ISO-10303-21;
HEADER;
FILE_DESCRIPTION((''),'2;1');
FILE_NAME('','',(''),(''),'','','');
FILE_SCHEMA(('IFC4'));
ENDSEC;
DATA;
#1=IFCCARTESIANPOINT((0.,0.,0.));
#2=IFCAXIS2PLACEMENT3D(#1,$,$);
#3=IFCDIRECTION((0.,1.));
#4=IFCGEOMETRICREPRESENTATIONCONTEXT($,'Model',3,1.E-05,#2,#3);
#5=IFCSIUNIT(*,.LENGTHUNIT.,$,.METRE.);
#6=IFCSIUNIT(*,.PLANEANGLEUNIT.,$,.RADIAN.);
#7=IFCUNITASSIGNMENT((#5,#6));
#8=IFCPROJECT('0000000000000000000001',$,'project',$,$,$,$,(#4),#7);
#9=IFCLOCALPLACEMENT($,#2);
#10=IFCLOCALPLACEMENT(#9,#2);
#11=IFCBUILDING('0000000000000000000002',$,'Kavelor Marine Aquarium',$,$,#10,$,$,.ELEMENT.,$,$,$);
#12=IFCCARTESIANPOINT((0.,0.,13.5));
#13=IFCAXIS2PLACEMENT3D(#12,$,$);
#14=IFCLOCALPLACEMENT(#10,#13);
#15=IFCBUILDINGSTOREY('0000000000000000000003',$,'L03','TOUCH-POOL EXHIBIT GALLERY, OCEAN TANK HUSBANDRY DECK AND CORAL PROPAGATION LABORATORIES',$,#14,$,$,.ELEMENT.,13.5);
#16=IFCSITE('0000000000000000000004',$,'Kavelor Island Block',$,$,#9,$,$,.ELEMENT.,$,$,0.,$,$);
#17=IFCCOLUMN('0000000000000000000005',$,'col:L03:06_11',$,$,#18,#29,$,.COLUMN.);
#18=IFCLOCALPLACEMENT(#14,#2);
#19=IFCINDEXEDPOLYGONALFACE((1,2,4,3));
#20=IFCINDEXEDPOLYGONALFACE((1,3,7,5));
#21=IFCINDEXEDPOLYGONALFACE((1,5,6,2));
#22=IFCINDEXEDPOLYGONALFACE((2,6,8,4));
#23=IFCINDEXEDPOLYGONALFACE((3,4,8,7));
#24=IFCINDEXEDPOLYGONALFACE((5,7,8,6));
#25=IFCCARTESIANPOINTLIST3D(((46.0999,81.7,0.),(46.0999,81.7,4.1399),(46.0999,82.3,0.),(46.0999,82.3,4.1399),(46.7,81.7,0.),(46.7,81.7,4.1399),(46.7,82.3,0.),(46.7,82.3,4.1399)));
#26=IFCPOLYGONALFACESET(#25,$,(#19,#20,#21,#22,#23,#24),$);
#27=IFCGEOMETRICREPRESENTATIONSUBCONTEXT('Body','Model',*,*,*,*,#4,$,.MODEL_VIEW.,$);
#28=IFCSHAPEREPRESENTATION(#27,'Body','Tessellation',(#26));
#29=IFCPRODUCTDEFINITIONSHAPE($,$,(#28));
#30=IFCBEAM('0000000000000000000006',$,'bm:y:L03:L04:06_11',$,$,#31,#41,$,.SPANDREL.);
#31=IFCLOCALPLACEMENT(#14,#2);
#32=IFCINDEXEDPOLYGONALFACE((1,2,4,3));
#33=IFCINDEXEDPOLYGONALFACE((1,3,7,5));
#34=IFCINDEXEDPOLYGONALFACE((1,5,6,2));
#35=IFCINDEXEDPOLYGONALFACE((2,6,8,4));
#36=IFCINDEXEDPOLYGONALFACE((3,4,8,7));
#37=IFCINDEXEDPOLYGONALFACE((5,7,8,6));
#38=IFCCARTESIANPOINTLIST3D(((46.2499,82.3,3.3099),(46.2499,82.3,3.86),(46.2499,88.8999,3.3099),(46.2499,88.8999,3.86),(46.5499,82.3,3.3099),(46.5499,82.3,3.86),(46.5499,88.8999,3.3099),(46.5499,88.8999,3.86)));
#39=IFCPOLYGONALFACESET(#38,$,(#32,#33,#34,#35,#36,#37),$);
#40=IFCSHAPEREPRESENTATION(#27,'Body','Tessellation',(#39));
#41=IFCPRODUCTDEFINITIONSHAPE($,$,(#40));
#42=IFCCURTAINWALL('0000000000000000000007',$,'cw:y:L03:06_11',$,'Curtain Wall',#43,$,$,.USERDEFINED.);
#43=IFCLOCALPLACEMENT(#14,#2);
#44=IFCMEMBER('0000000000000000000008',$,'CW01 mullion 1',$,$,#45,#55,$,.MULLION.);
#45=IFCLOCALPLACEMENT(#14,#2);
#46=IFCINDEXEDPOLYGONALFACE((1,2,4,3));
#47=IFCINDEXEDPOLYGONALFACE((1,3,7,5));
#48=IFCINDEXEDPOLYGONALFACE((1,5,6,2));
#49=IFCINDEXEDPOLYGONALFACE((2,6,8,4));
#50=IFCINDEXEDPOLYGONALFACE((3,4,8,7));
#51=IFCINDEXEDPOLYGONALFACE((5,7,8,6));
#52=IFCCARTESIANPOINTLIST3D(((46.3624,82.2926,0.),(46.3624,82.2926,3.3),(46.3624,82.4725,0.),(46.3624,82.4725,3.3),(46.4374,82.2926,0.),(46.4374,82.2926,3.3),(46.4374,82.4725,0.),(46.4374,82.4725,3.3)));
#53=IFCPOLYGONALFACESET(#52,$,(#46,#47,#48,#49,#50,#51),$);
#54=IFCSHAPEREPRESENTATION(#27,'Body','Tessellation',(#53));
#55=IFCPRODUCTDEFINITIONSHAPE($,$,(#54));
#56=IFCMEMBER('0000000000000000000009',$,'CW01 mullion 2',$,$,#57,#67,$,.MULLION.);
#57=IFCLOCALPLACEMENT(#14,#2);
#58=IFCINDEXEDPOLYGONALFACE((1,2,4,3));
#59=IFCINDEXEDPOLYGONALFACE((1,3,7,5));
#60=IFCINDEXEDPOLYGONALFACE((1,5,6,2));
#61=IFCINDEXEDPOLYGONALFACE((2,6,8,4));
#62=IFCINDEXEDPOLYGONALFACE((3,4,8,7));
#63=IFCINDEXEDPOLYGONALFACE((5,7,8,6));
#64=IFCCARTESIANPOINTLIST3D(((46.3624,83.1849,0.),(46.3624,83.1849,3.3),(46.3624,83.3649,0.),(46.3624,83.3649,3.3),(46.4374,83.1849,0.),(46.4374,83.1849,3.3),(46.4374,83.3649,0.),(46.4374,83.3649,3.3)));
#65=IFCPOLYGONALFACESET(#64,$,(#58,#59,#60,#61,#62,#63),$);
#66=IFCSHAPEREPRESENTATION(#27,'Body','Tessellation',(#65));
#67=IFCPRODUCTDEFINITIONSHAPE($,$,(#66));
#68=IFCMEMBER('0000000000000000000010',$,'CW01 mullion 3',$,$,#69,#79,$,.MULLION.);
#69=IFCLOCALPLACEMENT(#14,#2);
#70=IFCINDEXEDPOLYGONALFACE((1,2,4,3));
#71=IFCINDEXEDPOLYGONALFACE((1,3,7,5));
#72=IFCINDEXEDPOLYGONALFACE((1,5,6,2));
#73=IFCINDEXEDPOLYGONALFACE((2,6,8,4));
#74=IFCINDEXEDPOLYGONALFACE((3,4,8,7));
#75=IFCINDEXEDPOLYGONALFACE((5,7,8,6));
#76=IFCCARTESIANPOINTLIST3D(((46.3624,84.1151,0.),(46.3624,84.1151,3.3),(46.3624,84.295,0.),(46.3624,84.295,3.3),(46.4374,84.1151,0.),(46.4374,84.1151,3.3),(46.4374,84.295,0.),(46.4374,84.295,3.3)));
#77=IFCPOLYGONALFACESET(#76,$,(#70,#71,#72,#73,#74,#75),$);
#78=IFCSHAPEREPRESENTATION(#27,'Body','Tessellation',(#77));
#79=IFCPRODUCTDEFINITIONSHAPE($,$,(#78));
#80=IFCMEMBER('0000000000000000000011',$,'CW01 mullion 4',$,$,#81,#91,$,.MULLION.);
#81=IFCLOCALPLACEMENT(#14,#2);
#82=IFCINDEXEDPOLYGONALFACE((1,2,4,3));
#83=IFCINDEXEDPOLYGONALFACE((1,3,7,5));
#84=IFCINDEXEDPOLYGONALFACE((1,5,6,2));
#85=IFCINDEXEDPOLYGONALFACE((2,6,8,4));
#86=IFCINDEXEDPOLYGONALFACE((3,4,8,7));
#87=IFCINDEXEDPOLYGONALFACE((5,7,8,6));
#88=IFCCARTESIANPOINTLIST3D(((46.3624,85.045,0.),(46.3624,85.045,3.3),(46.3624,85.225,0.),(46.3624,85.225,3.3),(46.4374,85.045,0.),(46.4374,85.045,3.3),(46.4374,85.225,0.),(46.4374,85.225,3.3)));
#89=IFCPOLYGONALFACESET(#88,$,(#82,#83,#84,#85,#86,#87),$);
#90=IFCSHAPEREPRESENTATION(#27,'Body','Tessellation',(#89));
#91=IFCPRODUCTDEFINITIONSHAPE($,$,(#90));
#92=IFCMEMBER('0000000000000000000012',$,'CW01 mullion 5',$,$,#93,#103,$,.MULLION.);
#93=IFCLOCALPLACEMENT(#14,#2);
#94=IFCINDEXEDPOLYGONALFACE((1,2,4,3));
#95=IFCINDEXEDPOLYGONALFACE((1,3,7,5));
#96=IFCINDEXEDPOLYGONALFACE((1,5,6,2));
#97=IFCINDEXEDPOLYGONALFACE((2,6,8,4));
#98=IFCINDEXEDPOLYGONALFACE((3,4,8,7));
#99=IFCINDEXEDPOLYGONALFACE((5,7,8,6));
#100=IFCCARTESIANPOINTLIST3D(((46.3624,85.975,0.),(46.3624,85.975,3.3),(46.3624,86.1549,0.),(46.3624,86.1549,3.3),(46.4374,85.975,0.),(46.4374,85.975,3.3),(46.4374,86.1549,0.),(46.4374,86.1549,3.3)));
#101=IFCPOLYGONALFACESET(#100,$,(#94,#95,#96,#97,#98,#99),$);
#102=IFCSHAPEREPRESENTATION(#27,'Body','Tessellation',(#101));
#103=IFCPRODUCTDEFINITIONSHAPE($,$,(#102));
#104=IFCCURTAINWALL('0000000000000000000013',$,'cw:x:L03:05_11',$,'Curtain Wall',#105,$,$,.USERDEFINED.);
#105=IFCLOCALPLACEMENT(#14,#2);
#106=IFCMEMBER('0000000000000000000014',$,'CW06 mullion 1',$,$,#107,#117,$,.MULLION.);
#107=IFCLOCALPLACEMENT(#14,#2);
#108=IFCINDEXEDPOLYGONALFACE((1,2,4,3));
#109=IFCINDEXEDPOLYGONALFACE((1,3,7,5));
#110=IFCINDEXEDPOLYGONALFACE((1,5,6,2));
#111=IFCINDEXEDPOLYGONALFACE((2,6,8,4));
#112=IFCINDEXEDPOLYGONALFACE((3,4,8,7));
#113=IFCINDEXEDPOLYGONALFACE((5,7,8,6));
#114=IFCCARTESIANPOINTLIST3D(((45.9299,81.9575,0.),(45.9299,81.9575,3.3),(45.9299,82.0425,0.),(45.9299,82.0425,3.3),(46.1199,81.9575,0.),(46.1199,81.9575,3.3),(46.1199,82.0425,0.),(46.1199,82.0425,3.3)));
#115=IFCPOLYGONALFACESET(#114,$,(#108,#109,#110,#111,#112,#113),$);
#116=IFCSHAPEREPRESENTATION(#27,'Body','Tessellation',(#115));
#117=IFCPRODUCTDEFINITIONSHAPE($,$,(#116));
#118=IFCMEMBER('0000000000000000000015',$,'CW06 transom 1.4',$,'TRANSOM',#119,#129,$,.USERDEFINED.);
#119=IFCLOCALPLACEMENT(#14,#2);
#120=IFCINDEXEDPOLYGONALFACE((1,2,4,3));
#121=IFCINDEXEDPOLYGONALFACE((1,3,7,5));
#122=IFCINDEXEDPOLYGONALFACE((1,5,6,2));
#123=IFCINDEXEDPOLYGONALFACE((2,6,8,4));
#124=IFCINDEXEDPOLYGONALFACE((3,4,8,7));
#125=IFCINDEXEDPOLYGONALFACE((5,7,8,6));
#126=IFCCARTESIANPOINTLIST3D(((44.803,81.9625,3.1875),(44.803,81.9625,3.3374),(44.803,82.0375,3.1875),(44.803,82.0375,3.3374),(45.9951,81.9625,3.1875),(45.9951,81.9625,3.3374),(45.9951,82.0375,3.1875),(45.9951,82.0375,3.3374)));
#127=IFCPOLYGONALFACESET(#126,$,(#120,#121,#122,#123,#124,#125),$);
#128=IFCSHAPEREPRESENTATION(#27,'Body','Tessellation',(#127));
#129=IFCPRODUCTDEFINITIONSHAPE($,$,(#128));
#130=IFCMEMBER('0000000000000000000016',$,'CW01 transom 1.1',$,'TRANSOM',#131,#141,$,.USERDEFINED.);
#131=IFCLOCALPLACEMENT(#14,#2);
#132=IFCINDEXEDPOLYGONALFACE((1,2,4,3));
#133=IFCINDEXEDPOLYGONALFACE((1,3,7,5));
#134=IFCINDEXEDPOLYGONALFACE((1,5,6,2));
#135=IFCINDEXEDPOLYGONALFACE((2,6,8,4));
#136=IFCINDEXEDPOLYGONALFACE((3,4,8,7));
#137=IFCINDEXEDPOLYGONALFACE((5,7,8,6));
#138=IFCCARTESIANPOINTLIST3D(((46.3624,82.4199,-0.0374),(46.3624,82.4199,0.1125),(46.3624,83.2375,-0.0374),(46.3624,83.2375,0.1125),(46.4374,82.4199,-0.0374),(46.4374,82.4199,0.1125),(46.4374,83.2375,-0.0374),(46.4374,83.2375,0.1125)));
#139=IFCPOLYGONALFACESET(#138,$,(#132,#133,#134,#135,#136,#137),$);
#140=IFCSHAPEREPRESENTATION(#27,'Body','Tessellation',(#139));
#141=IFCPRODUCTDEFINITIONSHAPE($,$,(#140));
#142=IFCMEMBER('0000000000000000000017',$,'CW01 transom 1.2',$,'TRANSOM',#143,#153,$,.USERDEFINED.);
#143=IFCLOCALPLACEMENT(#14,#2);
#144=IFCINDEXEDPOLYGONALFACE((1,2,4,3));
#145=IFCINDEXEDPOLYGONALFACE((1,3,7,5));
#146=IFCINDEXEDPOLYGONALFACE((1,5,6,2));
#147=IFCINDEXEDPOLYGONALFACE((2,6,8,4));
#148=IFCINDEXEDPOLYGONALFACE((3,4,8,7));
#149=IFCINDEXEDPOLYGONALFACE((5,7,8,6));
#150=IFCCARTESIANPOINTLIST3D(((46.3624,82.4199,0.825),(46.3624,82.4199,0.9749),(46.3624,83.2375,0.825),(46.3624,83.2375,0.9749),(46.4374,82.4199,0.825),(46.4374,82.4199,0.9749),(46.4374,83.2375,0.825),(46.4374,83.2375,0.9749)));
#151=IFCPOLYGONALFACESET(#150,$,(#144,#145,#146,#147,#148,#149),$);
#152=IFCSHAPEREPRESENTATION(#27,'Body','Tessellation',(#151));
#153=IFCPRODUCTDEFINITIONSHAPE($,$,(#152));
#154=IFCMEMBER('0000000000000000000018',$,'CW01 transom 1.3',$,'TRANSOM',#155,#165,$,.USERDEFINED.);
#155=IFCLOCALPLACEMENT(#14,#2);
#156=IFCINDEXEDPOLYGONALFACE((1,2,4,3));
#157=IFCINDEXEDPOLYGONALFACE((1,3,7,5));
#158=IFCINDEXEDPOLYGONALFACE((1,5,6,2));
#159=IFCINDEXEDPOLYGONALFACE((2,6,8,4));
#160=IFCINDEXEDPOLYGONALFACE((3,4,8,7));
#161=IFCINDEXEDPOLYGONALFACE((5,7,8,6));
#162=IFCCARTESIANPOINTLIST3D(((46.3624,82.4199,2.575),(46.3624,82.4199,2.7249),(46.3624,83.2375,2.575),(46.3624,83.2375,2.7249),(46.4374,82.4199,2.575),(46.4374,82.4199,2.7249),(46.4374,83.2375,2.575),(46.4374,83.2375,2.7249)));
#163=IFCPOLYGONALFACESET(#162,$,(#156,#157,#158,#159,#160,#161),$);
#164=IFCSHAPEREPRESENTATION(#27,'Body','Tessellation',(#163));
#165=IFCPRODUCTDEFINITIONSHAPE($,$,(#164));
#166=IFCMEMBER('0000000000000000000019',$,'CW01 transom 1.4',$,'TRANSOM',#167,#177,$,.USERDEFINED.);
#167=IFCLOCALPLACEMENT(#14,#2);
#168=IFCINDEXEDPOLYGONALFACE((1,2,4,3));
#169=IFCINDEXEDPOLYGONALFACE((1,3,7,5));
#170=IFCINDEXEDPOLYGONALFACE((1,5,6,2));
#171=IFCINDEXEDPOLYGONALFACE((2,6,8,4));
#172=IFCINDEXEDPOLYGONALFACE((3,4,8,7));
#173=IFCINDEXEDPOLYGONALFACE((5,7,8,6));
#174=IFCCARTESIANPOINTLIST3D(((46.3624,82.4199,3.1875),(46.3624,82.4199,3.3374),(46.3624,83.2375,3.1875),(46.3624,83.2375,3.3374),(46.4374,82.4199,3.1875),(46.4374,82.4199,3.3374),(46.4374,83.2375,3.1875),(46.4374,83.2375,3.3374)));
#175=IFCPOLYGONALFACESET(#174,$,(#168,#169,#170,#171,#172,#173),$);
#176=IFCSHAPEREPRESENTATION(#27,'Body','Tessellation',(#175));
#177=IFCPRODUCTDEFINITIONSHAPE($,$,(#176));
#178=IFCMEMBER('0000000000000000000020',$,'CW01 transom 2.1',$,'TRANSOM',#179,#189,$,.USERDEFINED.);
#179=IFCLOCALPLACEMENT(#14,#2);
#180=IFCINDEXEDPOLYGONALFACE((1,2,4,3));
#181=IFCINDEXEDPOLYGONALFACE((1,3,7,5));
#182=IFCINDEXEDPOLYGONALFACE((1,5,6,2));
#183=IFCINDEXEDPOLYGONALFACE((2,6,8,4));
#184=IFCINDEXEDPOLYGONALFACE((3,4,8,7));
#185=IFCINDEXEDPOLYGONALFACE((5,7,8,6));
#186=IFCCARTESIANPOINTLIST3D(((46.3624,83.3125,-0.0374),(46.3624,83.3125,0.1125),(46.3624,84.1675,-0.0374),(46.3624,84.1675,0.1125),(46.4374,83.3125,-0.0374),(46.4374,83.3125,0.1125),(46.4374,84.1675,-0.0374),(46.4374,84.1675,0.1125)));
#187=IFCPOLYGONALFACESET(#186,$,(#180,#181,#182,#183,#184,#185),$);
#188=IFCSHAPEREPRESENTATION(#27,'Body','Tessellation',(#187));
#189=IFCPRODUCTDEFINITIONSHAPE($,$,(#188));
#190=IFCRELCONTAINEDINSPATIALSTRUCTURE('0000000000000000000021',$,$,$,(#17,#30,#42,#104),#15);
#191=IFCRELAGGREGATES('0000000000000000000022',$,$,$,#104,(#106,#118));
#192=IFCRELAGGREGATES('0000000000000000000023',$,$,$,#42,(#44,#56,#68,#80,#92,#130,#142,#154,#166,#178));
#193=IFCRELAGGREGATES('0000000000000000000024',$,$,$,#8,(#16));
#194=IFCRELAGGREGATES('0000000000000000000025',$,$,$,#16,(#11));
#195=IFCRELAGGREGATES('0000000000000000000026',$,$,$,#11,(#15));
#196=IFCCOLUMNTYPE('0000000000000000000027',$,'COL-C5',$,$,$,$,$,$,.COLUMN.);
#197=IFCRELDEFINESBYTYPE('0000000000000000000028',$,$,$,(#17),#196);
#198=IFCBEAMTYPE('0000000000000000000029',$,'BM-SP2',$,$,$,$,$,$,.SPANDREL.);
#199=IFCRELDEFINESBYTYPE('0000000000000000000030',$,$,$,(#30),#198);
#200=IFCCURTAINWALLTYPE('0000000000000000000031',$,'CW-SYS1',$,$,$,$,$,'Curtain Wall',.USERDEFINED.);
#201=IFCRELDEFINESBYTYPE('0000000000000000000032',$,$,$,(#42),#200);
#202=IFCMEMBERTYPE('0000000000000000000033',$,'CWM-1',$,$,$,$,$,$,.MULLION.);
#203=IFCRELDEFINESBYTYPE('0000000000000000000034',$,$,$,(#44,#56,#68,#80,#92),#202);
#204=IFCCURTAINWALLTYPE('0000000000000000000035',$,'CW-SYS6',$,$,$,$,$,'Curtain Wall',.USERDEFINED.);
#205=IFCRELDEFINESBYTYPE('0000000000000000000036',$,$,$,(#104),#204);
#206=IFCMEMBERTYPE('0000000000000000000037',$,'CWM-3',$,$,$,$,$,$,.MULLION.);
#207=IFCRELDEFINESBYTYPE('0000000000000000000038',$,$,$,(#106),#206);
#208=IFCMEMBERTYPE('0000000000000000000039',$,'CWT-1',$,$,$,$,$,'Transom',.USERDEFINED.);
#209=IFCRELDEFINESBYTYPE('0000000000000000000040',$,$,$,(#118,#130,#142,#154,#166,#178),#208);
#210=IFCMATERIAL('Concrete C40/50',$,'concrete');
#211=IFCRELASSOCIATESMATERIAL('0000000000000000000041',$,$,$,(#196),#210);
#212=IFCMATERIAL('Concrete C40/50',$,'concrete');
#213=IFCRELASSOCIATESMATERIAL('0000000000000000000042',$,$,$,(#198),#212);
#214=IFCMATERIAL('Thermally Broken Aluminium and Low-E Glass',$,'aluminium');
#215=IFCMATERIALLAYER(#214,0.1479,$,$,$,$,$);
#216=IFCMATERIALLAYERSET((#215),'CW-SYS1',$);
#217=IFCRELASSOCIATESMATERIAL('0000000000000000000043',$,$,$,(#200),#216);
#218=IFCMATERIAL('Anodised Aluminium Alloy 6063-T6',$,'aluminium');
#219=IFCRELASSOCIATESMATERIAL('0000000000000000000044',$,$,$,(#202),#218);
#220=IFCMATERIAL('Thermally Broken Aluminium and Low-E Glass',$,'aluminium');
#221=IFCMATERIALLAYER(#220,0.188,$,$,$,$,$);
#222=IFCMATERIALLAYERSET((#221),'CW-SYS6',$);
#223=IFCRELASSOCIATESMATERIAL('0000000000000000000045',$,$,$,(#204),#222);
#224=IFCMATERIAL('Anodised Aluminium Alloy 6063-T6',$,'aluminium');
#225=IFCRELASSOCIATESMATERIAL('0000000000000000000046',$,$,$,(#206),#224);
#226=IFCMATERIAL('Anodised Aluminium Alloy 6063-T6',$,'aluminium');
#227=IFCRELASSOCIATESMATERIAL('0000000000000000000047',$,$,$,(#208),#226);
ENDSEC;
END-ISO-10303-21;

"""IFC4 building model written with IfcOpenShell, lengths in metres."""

from ifc_helpers import new_model, si_unit, direction, frame, origin, origin_2d, place, context, subcontext, project, spatial, rectangle, extrude, material, layer, layer_set, material_profile, profile_set, type_object, element, aggregate, save


model = new_model("IFC4")

# Units and contexts
model_context = context("Model", 3, precision=1e-05, world=origin(), true_north=direction((0.0, 1.0)))
body_context = subcontext(model_context, "Body", "Model", "MODEL_VIEW")
ifc_project = project(units=[si_unit("LENGTHUNIT", "METRE"), si_unit("PLANEANGLEUNIT", "RADIAN")], contexts=[model_context])

# Site, building, storey
site_placement = place(None, origin())
site = spatial("IfcSite", under=ifc_project, at=site_placement, Name="Kavelor Island Block", CompositionType="ELEMENT", RefElevation=0.0)
building_placement = place(site_placement, origin())
building = spatial("IfcBuilding", under=site, at=building_placement, Name="Kavelor Marine Aquarium", CompositionType="ELEMENT")
storey_placement = place(building_placement, frame((0.0, 0.0, 13.5)))
storey = spatial("IfcBuildingStorey", under=building, at=storey_placement, Name="L03", Description="TOUCH-POOL EXHIBIT GALLERY, OCEAN TANK HUSBANDRY DECK AND CORAL PROPAGATION LABORATORIES", CompositionType="ELEMENT", Elevation=13.5)

# Column
ifc_material_1 = material(Name="Concrete C40/50", Category="concrete")
ifc_material_profile_1 = material_profile(ifc_material_1, rectangle(XDim=0.6001, YDim=0.6001, at=origin_2d()), Name="RC-COL 600x600")
ifc_profile_set_1 = profile_set([ifc_material_profile_1], Name="Concrete C40/50")
column_type = type_object("IfcColumnType", Name="COL-C5", PredefinedType="COLUMN", material=ifc_profile_set_1)
column_placement = place(storey_placement, frame((46.3999, 82.0, 0.0), z_axis=(0.0, 0.0, 1.0), x_axis=(1.0, 0.0, 0.0)))
element("IfcColumn", 1, at=column_placement, inside=storey, type_object=column_type, Name="col:L03:06_11", PredefinedType="COLUMN", context=body_context, shape_type="SweptSolid", body=[
    extrude(rectangle(XDim=0.6001, YDim=0.6001, at=origin_2d()), origin(), (0.0, 0.0, 1.0), 4.1399),
])

# Beam
ifc_material_2 = material(Name="Concrete C40/50", Category="concrete")
ifc_material_profile_2 = material_profile(ifc_material_2, rectangle(XDim=0.3, YDim=0.55, at=origin_2d()), Name="RC-SP 300x550")
ifc_profile_set_2 = profile_set([ifc_material_profile_2], Name="Concrete C40/50")
beam_type = type_object("IfcBeamType", Name="BM-SP2", PredefinedType="SPANDREL", material=ifc_profile_set_2)
beam_placement = place(storey_placement, frame((46.3999, 82.3, 3.585), z_axis=(0.0, 1.0, 0.0), x_axis=(-1.0, 0.0, 0.0)))
element("IfcBeam", 2, at=beam_placement, inside=storey, type_object=beam_type, Name="bm:y:L03:L04:06_11", PredefinedType="SPANDREL", context=body_context, shape_type="SweptSolid", body=[
    extrude(rectangle(XDim=0.3, YDim=0.55, at=origin_2d()), origin(), (0.0, 0.0, 1.0), 6.5999),
])

# Curtain walls, members
ifc_material_3 = material(Name="Thermally Broken Aluminium and Low-E Glass", Category="aluminium")
ifc_layer_1 = layer(ifc_material_3, 0.1479)
ifc_layer_set_1 = layer_set([ifc_layer_1], Name="CW-SYS1")
curtain_wall_type_1 = type_object("IfcCurtainWallType", Name="CW-SYS1", ElementType="Curtain Wall", PredefinedType="USERDEFINED", material=ifc_layer_set_1)
curtain_wall_1_placement = place(storey_placement, origin())
curtain_wall_1 = element("IfcCurtainWall", 3, at=curtain_wall_1_placement, inside=storey, type_object=curtain_wall_type_1, Name="cw:y:L03:06_11", ObjectType="Curtain Wall", PredefinedType="USERDEFINED")
ifc_material_4 = material(Name="Anodised Aluminium Alloy 6063-T6", Category="aluminium")
ifc_material_profile_3 = material_profile(ifc_material_4, rectangle(XDim=0.075, YDim=0.1799, at=origin_2d()), Name="CW-MUL 75x180")
ifc_profile_set_3 = profile_set([ifc_material_profile_3], Name="Anodised Aluminium Alloy 6063-T6")
member_type_1 = type_object("IfcMemberType", Name="CWM-1", PredefinedType="MULLION", material=ifc_profile_set_3)
member_1_placement = place(storey_placement, frame((46.3999, 82.3826, 0.0), z_axis=(0.0, 0.0, 1.0), x_axis=(-1.0, 0.0, 0.0)))
member_1 = element("IfcMember", 4, at=member_1_placement, type_object=member_type_1, Name="CW01 mullion 1", PredefinedType="MULLION", context=body_context, shape_type="SweptSolid", body=[
    extrude(rectangle(XDim=0.075, YDim=0.1799, at=origin_2d()), origin(), (0.0, 0.0, 1.0), 3.3),
])
member_2_placement = place(storey_placement, frame((46.3999, 83.2749, 0.0), z_axis=(0.0, 0.0, 1.0), x_axis=(-1.0, 0.0, 0.0)))
member_2 = element("IfcMember", 5, at=member_2_placement, type_object=member_type_1, Name="CW01 mullion 2", PredefinedType="MULLION", context=body_context, shape_type="SweptSolid", body=[
    extrude(rectangle(XDim=0.075, YDim=0.1799, at=origin_2d()), origin(), (0.0, 0.0, 1.0), 3.3),
])
member_3_placement = place(storey_placement, frame((46.3999, 84.2051, 0.0), z_axis=(0.0, 0.0, 1.0), x_axis=(-1.0, 0.0, 0.0)))
member_3 = element("IfcMember", 6, at=member_3_placement, type_object=member_type_1, Name="CW01 mullion 3", PredefinedType="MULLION", context=body_context, shape_type="SweptSolid", body=[
    extrude(rectangle(XDim=0.075, YDim=0.1799, at=origin_2d()), origin(), (0.0, 0.0, 1.0), 3.3),
])
member_4_placement = place(storey_placement, frame((46.3999, 85.135, 0.0), z_axis=(0.0, 0.0, 1.0), x_axis=(-1.0, 0.0, 0.0)))
member_4 = element("IfcMember", 7, at=member_4_placement, type_object=member_type_1, Name="CW01 mullion 4", PredefinedType="MULLION", context=body_context, shape_type="SweptSolid", body=[
    extrude(rectangle(XDim=0.075, YDim=0.1799, at=origin_2d()), origin(), (0.0, 0.0, 1.0), 3.3),
])
member_5_placement = place(storey_placement, frame((46.3999, 86.0649, 0.0), z_axis=(0.0, 0.0, 1.0), x_axis=(-1.0, 0.0, 0.0)))
member_5 = element("IfcMember", 8, at=member_5_placement, type_object=member_type_1, Name="CW01 mullion 5", PredefinedType="MULLION", context=body_context, shape_type="SweptSolid", body=[
    extrude(rectangle(XDim=0.075, YDim=0.1799, at=origin_2d()), origin(), (0.0, 0.0, 1.0), 3.3),
])
ifc_material_5 = material(Name="Thermally Broken Aluminium and Low-E Glass", Category="aluminium")
ifc_layer_2 = layer(ifc_material_5, 0.188)
ifc_layer_set_2 = layer_set([ifc_layer_2], Name="CW-SYS6")
curtain_wall_type_2 = type_object("IfcCurtainWallType", Name="CW-SYS6", ElementType="Curtain Wall", PredefinedType="USERDEFINED", material=ifc_layer_set_2)
curtain_wall_2_placement = place(storey_placement, origin())
curtain_wall_2 = element("IfcCurtainWall", 9, at=curtain_wall_2_placement, inside=storey, type_object=curtain_wall_type_2, Name="cw:x:L03:05_11", ObjectType="Curtain Wall", PredefinedType="USERDEFINED")
ifc_material_6 = material(Name="Anodised Aluminium Alloy 6063-T6", Category="aluminium")
ifc_material_profile_4 = material_profile(ifc_material_6, rectangle(XDim=0.085, YDim=0.1899, at=origin_2d()), Name="CW-MUL 85x190")
ifc_profile_set_4 = profile_set([ifc_material_profile_4], Name="Anodised Aluminium Alloy 6063-T6")
member_type_2 = type_object("IfcMemberType", Name="CWM-3", PredefinedType="MULLION", material=ifc_profile_set_4)
member_6_placement = place(storey_placement, frame((46.0249, 82.0, 0.0), z_axis=(0.0, 0.0, 1.0), x_axis=(0.0, -1.0, 0.0)))
member_6 = element("IfcMember", 10, at=member_6_placement, type_object=member_type_2, Name="CW06 mullion 1", PredefinedType="MULLION", context=body_context, shape_type="SweptSolid", body=[
    extrude(rectangle(XDim=0.085, YDim=0.1899, at=origin_2d()), origin(), (0.0, 0.0, 1.0), 3.3),
])
ifc_material_7 = material(Name="Anodised Aluminium Alloy 6063-T6", Category="aluminium")
ifc_material_profile_5 = material_profile(ifc_material_7, rectangle(XDim=0.075, YDim=0.1499, at=origin_2d()), Name="CW-TRN 75x150")
ifc_profile_set_5 = profile_set([ifc_material_profile_5], Name="Anodised Aluminium Alloy 6063-T6")
member_type_3 = type_object("IfcMemberType", Name="CWT-1", ElementType="Transom", PredefinedType="USERDEFINED", material=ifc_profile_set_5)
member_7_placement = place(storey_placement, frame((45.9951, 82.0, 3.2625), z_axis=(-1.0, 0.0, 0.0), x_axis=(0.0, -1.0, 0.0)))
member_7 = element("IfcMember", 11, at=member_7_placement, type_object=member_type_3, Name="CW06 transom 1.4", ObjectType="TRANSOM", PredefinedType="USERDEFINED", context=body_context, shape_type="SweptSolid", body=[
    extrude(rectangle(XDim=0.075, YDim=0.1499, at=origin_2d()), origin(), (0.0, 0.0, 1.0), 1.1921),
])
aggregate(curtain_wall_2, [member_6, member_7])

# Members
member_8_placement = place(storey_placement, frame((46.3999, 82.4199, 0.0376), z_axis=(0.0, 1.0, 0.0), x_axis=(-1.0, 0.0, 0.0)))
member_8 = element("IfcMember", 12, at=member_8_placement, type_object=member_type_3, Name="CW01 transom 1.1", ObjectType="TRANSOM", PredefinedType="USERDEFINED", context=body_context, shape_type="SweptSolid", body=[
    extrude(rectangle(XDim=0.075, YDim=0.1499, at=origin_2d()), origin(), (0.0, 0.0, 1.0), 0.8176),
])
member_9_placement = place(storey_placement, frame((46.3999, 82.4199, 0.8999), z_axis=(0.0, 1.0, 0.0), x_axis=(-1.0, 0.0, 0.0)))
member_9 = element("IfcMember", 13, at=member_9_placement, type_object=member_type_3, Name="CW01 transom 1.2", ObjectType="TRANSOM", PredefinedType="USERDEFINED", context=body_context, shape_type="SweptSolid", body=[
    extrude(rectangle(XDim=0.075, YDim=0.1499, at=origin_2d()), origin(), (0.0, 0.0, 1.0), 0.8176),
])
member_10_placement = place(storey_placement, frame((46.3999, 82.4199, 2.6499), z_axis=(0.0, 1.0, 0.0), x_axis=(-1.0, 0.0, 0.0)))
member_10 = element("IfcMember", 14, at=member_10_placement, type_object=member_type_3, Name="CW01 transom 1.3", ObjectType="TRANSOM", PredefinedType="USERDEFINED", context=body_context, shape_type="SweptSolid", body=[
    extrude(rectangle(XDim=0.075, YDim=0.1499, at=origin_2d()), origin(), (0.0, 0.0, 1.0), 0.8176),
])
member_11_placement = place(storey_placement, frame((46.3999, 82.4199, 3.2625), z_axis=(0.0, 1.0, 0.0), x_axis=(-1.0, 0.0, 0.0)))
member_11 = element("IfcMember", 15, at=member_11_placement, type_object=member_type_3, Name="CW01 transom 1.4", ObjectType="TRANSOM", PredefinedType="USERDEFINED", context=body_context, shape_type="SweptSolid", body=[
    extrude(rectangle(XDim=0.075, YDim=0.1499, at=origin_2d()), origin(), (0.0, 0.0, 1.0), 0.8176),
])
member_12_placement = place(storey_placement, frame((46.3999, 83.3125, 0.0376), z_axis=(0.0, 1.0, 0.0), x_axis=(-1.0, 0.0, 0.0)))
member_12 = element("IfcMember", 16, at=member_12_placement, type_object=member_type_3, Name="CW01 transom 2.1", ObjectType="TRANSOM", PredefinedType="USERDEFINED", context=body_context, shape_type="SweptSolid", body=[
    extrude(rectangle(XDim=0.075, YDim=0.1499, at=origin_2d()), origin(), (0.0, 0.0, 1.0), 0.855),
])

aggregate(curtain_wall_1, [member_1, member_2, member_3, member_4, member_5, member_8, member_9, member_10, member_11, member_12])

save(model, "model.ifc")
